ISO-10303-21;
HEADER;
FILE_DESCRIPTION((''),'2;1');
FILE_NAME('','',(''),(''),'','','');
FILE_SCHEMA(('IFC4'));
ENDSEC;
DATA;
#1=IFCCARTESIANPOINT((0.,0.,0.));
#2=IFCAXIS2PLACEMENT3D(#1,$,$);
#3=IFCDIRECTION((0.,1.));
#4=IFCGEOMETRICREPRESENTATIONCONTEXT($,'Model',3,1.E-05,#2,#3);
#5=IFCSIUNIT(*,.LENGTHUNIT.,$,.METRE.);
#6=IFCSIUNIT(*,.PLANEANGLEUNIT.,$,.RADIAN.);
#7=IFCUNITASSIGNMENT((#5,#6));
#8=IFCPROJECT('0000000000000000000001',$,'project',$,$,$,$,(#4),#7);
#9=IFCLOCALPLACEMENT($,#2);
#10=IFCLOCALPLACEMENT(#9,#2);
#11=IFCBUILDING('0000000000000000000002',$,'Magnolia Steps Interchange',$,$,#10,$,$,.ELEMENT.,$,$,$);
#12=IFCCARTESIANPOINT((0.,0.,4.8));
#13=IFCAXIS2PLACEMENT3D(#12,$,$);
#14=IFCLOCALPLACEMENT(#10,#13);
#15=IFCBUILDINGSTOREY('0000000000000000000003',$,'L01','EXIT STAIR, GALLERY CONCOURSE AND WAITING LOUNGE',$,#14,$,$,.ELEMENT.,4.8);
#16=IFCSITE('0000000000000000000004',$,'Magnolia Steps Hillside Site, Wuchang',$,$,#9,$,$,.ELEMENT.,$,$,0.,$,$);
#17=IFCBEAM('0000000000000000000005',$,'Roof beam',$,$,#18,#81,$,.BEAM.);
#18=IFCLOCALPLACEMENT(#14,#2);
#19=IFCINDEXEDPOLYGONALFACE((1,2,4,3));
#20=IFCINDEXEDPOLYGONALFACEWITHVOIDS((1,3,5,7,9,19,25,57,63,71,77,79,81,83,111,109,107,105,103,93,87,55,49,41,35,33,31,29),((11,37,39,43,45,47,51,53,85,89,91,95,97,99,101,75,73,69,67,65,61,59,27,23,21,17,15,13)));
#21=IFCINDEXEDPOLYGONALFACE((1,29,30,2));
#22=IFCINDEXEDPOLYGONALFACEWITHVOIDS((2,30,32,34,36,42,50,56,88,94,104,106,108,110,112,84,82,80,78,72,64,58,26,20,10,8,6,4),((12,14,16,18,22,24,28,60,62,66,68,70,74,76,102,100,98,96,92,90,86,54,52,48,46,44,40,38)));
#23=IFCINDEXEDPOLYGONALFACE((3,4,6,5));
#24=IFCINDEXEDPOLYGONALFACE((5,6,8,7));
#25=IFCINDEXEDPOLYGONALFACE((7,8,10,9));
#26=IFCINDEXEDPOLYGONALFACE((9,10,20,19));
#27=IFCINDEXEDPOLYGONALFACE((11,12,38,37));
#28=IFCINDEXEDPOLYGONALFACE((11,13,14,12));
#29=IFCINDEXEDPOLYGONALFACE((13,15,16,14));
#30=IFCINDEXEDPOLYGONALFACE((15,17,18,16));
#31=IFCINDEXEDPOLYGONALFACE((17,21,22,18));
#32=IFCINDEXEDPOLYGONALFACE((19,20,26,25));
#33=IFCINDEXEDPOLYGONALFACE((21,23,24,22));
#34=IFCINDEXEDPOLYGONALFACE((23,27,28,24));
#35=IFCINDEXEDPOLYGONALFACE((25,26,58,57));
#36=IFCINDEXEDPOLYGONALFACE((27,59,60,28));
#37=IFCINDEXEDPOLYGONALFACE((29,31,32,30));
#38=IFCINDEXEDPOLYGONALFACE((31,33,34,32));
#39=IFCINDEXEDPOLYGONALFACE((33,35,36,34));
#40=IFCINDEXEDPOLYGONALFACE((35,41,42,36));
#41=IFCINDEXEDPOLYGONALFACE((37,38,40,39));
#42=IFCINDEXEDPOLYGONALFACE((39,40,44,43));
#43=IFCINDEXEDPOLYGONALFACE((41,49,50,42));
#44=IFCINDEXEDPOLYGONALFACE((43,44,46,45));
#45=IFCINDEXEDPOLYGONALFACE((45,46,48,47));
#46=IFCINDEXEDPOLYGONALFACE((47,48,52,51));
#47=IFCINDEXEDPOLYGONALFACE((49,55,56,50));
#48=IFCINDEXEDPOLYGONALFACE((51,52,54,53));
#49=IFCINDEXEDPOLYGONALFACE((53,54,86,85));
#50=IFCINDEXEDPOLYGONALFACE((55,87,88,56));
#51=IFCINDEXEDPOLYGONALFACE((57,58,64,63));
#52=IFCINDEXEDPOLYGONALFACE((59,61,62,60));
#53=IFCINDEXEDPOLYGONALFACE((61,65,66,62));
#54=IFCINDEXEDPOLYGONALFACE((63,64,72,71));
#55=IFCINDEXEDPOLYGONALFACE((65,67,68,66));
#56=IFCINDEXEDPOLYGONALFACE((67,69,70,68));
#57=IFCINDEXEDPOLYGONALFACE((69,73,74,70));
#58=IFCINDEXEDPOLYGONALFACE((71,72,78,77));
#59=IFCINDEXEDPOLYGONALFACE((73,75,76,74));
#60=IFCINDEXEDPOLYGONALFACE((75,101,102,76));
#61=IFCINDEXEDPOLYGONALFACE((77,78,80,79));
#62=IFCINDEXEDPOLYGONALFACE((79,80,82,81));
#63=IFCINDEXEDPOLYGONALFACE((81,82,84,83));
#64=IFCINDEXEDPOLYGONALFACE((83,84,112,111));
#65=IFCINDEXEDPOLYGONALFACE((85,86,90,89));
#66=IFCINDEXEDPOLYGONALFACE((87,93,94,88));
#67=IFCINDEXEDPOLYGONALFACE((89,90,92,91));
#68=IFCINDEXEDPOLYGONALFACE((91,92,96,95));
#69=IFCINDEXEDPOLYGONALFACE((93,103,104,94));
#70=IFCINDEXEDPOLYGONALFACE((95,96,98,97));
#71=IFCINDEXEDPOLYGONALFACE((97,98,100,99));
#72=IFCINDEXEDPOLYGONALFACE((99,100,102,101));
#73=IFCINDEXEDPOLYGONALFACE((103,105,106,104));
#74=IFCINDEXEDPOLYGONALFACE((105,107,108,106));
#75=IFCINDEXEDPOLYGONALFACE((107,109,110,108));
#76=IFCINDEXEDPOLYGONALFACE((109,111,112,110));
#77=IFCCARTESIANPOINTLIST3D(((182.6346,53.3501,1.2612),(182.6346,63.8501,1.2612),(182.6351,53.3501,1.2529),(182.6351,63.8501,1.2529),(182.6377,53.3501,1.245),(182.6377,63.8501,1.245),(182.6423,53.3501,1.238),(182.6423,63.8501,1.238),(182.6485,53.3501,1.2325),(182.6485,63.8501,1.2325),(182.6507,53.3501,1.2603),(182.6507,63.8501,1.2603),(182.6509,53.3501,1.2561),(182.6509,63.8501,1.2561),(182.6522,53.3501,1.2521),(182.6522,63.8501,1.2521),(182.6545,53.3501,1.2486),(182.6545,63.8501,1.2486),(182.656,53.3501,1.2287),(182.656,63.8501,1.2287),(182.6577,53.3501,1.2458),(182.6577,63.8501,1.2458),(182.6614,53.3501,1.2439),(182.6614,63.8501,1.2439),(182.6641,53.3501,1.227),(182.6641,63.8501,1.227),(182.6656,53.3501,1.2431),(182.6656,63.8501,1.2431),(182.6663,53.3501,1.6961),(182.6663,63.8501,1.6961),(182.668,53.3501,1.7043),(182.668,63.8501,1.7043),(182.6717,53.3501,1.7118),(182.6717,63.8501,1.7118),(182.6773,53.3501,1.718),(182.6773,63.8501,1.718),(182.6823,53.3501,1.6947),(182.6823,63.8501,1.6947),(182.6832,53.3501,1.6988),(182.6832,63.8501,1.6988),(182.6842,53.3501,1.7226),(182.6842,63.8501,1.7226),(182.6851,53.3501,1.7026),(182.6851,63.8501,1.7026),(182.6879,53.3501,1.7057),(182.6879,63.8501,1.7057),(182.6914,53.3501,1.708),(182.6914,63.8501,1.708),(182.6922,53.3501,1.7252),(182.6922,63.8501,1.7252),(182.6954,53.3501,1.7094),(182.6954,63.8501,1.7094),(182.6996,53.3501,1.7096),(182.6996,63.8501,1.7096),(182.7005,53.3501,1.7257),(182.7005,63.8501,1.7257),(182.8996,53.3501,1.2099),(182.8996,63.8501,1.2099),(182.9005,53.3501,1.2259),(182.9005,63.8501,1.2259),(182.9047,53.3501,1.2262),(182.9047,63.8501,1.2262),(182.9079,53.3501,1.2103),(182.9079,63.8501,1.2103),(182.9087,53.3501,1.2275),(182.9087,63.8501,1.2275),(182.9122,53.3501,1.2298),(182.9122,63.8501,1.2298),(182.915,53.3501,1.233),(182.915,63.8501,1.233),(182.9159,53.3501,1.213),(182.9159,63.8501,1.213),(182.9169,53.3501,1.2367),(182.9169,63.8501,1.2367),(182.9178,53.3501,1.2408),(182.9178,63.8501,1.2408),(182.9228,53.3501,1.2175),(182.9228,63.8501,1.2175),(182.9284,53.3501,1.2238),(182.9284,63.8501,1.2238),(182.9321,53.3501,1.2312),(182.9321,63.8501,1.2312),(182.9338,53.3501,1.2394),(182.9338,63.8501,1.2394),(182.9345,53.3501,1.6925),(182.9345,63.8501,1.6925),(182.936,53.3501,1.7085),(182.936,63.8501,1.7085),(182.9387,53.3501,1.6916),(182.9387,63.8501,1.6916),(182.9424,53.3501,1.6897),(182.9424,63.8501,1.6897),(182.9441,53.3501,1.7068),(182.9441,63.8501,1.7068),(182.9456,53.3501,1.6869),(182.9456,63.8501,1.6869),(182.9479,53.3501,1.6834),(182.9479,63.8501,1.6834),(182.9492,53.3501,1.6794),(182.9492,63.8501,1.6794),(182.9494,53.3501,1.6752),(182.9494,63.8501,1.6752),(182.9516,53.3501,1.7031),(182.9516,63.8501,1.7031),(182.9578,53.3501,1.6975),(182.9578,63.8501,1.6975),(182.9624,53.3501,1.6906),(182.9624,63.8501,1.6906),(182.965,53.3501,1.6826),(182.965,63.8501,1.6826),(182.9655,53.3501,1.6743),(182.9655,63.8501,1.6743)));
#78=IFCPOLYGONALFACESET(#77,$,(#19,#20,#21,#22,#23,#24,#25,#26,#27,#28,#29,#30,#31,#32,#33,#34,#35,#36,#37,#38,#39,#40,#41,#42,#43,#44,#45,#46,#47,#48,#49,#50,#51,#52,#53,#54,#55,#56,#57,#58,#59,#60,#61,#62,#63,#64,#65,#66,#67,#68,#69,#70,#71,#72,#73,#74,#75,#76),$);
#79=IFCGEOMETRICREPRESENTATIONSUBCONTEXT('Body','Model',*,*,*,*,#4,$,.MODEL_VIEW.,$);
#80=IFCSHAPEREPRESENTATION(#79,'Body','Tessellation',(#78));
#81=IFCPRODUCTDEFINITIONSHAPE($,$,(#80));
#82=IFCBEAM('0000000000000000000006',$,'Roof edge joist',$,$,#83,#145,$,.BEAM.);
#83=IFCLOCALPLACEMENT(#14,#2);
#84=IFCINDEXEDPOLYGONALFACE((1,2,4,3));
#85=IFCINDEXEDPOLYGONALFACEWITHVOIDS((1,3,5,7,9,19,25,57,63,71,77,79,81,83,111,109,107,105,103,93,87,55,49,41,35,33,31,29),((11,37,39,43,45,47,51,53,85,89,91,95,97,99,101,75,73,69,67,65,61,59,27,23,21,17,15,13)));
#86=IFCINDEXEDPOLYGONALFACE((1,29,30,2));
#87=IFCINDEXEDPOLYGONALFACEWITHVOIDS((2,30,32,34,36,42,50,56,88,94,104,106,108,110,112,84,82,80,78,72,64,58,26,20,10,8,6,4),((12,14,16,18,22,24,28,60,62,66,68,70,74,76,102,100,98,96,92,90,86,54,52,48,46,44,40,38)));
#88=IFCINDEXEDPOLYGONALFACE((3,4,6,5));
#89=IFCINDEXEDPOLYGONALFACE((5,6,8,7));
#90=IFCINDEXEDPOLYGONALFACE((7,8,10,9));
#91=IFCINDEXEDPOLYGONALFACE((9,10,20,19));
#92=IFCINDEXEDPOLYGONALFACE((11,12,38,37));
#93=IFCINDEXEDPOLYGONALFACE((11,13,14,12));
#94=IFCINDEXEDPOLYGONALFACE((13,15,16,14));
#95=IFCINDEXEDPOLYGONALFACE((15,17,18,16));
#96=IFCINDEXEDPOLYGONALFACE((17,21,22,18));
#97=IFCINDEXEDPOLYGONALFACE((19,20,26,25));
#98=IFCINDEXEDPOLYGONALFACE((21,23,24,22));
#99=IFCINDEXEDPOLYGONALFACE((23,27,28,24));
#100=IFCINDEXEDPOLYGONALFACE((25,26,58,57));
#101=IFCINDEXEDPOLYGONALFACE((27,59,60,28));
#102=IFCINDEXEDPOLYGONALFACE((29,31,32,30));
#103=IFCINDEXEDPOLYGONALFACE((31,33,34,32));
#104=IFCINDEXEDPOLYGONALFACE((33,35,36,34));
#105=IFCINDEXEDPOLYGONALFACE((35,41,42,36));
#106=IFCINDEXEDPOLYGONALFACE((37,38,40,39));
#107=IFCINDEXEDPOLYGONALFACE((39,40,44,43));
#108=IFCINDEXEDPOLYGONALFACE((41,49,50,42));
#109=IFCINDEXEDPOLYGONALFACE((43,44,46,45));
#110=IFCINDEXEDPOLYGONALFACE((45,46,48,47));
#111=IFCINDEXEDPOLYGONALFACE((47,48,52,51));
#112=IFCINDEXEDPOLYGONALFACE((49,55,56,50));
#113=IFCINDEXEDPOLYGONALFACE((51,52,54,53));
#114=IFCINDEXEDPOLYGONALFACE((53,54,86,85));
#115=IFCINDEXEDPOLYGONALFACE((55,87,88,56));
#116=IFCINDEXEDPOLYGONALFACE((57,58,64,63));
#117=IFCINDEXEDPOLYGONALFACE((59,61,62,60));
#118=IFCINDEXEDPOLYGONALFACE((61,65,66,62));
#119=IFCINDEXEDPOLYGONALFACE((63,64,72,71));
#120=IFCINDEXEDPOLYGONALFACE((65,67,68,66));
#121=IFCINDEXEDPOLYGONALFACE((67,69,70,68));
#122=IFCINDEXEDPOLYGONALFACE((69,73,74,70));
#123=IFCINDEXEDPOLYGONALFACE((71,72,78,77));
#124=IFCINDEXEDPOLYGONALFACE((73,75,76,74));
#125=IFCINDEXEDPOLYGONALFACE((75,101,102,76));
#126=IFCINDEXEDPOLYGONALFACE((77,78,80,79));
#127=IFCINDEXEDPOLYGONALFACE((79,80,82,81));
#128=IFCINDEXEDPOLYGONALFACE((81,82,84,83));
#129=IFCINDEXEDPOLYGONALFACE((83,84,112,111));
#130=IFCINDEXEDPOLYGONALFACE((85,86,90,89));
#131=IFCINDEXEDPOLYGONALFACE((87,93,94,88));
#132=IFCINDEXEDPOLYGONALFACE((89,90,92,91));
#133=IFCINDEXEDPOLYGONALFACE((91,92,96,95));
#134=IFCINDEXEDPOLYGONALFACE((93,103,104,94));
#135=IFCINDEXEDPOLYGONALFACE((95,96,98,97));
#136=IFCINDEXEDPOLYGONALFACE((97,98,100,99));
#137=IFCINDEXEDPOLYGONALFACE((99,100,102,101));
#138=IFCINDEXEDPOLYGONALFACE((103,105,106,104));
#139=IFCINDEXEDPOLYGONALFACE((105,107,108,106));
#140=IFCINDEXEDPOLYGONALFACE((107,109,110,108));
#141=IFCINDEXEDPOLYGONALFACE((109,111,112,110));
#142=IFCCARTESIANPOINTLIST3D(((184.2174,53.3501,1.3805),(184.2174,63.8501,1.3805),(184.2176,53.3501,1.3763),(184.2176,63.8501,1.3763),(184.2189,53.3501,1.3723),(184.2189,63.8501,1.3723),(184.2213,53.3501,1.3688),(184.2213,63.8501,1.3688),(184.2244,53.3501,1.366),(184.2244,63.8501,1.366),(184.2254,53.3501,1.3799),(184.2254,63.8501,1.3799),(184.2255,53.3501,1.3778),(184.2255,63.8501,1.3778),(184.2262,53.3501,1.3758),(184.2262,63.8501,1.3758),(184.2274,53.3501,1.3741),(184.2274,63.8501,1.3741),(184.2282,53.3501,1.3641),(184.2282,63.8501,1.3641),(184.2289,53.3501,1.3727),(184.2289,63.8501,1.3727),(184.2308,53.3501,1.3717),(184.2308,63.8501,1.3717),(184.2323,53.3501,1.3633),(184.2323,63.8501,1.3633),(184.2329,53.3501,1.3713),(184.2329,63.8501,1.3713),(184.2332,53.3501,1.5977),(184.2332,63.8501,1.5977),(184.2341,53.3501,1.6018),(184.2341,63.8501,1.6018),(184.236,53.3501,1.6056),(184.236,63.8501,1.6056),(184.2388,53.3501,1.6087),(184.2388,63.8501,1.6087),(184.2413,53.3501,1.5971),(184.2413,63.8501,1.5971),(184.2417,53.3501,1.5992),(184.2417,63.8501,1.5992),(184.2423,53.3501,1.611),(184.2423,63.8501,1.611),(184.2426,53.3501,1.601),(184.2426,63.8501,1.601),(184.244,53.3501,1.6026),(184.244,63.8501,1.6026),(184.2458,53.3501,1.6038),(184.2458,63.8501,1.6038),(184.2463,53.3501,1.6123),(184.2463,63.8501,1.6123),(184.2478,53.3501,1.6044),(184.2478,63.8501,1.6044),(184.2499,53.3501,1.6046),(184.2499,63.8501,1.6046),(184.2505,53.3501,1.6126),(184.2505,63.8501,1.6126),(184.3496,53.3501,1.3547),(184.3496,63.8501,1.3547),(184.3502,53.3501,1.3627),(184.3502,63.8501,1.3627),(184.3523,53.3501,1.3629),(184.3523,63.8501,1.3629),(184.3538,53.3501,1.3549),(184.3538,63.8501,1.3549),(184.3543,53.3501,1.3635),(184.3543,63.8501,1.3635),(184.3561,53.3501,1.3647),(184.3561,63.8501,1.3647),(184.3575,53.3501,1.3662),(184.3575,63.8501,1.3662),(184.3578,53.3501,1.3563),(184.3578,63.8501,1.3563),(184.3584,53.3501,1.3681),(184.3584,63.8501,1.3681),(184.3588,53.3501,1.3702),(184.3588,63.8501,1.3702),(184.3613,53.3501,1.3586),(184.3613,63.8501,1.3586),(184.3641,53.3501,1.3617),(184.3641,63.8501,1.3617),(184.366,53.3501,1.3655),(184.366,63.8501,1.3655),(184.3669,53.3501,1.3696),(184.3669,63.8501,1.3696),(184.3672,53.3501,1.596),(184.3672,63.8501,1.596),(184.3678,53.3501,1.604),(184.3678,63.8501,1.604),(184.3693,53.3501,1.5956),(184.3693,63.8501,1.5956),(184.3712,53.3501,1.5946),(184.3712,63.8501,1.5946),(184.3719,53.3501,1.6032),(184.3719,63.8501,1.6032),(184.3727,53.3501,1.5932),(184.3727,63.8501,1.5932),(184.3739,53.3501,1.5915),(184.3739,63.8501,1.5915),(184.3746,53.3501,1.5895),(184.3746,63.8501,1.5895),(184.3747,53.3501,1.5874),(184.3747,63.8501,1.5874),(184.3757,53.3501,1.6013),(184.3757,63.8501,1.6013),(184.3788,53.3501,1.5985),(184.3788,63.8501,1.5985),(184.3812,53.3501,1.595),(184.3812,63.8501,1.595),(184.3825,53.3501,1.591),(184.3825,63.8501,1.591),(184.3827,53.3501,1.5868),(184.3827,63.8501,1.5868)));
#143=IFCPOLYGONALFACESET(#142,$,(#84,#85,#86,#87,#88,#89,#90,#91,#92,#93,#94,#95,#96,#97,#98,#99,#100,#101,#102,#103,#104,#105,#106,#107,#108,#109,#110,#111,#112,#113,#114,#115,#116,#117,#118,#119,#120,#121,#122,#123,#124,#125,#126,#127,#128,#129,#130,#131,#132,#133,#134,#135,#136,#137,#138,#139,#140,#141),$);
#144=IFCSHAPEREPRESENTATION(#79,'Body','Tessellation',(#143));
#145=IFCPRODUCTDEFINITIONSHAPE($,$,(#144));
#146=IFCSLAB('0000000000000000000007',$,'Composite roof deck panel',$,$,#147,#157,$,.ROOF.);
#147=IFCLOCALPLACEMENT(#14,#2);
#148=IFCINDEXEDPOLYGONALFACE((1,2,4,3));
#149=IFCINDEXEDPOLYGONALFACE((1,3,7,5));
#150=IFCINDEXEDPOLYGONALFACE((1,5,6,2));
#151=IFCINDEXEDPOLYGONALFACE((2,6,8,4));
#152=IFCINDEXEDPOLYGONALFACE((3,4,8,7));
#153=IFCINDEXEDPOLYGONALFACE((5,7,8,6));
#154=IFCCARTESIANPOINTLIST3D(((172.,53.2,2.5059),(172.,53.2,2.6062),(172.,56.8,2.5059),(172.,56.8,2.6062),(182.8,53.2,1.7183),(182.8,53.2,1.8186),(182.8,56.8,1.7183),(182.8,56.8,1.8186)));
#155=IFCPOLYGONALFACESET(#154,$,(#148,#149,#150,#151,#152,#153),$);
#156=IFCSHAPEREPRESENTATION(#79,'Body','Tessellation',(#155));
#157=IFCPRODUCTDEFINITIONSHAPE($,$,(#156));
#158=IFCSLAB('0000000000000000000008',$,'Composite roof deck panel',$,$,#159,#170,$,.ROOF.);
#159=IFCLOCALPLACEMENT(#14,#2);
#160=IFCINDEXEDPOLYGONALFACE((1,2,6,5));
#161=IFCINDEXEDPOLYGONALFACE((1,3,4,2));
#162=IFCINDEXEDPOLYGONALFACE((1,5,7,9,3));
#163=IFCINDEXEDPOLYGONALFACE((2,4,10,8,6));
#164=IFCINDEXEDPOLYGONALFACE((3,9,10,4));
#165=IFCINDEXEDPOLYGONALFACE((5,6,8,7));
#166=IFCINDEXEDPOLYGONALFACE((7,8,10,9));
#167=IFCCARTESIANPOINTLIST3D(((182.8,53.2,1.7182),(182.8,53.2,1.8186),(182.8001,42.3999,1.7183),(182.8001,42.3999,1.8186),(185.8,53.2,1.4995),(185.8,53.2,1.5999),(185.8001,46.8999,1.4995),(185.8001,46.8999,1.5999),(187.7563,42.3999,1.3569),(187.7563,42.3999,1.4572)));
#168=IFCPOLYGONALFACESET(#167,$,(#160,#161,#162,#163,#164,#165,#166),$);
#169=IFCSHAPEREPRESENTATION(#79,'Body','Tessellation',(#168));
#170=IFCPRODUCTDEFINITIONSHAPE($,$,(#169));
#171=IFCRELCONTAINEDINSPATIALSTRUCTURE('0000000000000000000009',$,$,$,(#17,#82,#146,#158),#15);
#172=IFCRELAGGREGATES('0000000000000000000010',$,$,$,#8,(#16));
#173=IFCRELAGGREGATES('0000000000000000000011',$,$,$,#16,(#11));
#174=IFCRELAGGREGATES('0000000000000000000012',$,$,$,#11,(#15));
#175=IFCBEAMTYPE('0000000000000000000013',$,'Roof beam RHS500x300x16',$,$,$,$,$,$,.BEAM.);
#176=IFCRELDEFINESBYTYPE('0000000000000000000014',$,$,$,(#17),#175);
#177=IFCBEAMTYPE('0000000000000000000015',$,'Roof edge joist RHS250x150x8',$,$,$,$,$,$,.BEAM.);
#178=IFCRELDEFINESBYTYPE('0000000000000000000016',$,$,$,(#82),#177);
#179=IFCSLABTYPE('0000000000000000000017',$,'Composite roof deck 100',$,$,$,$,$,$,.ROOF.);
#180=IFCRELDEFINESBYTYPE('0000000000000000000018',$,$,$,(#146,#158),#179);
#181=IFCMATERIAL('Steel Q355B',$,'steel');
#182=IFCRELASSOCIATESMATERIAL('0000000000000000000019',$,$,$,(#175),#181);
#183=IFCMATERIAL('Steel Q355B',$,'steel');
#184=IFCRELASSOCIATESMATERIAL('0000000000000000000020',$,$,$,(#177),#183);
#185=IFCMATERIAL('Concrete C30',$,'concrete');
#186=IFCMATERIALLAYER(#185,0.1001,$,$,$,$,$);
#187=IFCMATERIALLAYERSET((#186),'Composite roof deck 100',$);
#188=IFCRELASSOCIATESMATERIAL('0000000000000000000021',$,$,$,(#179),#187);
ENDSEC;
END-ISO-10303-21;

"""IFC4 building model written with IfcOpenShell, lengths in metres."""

from ifc_helpers import new_model, si_unit, direction, frame, origin, origin_2d, place, context, subcontext, project, spatial, polyline, hollow_rectangle, outline, extrude, material, layer, layer_set, material_profile, profile_set, type_object, element, save


model = new_model("IFC4")

# Units and contexts
model_context = context("Model", 3, precision=1e-05, world=origin(), true_north=direction((0.0, 1.0)))
body_context = subcontext(model_context, "Body", "Model", "MODEL_VIEW")
ifc_project = project(units=[si_unit("LENGTHUNIT", "METRE"), si_unit("PLANEANGLEUNIT", "RADIAN")], contexts=[model_context])

# Site, building, storey
site_placement = place(None, origin())
site = spatial("IfcSite", under=ifc_project, at=site_placement, Name="Magnolia Steps Hillside Site, Wuchang", CompositionType="ELEMENT", RefElevation=0.0)
building_placement = place(site_placement, origin())
building = spatial("IfcBuilding", under=site, at=building_placement, Name="Magnolia Steps Interchange", CompositionType="ELEMENT")
storey_placement = place(building_placement, frame((0.0, 0.0, 4.8)))
storey = spatial("IfcBuildingStorey", under=building, at=storey_placement, Name="L01", Description="EXIT STAIR, GALLERY CONCOURSE AND WAITING LOUNGE", CompositionType="ELEMENT", Elevation=4.8)

# Beams
ifc_material_1 = material(Name="Steel Q355B", Category="steel")
ifc_material_profile_1 = material_profile(ifc_material_1, hollow_rectangle(XDim=0.3, YDim=0.5, WallThickness=0.0161, InnerFilletRadius=0.0161, OuterFilletRadius=0.032, at=origin_2d()), Name="RHS500x300x16")
ifc_profile_set_1 = profile_set([ifc_material_profile_1], Name="Steel Q355B")
beam_type_1 = type_object("IfcBeamType", Name="Roof beam RHS500x300x16", PredefinedType="BEAM", material=ifc_profile_set_1)
beam_1_placement = place(storey_placement, frame((182.8, 53.3501, 1.4678), z_axis=(0.0, 1.0, 0.0), x_axis=(-0.997352, 0.0, 0.072724)))
element("IfcBeam", 1, at=beam_1_placement, inside=storey, type_object=beam_type_1, Name="Roof beam", PredefinedType="BEAM", context=body_context, shape_type="SweptSolid", body=[
    extrude(hollow_rectangle(XDim=0.3, YDim=0.5, WallThickness=0.0161, InnerFilletRadius=0.0161, OuterFilletRadius=0.032, at=origin_2d()), origin(), (0.0, 0.0, 1.0), 10.5),
])
ifc_material_2 = material(Name="Steel Q355B", Category="steel")
ifc_material_profile_2 = material_profile(ifc_material_2, hollow_rectangle(XDim=0.1499, YDim=0.25, WallThickness=0.0081, InnerFilletRadius=0.0081, OuterFilletRadius=0.0161, at=origin_2d()), Name="RHS250x150x8")
ifc_profile_set_2 = profile_set([ifc_material_profile_2], Name="Steel Q355B")
beam_type_2 = type_object("IfcBeamType", Name="Roof edge joist RHS250x150x8", PredefinedType="BEAM", material=ifc_profile_set_2)
beam_2_placement = place(storey_placement, frame((184.3, 53.3501, 1.4836), z_axis=(0.0, 1.0, 0.0), x_axis=(-0.997352, 0.0, 0.072724)))
element("IfcBeam", 2, at=beam_2_placement, inside=storey, type_object=beam_type_2, Name="Roof edge joist", PredefinedType="BEAM", context=body_context, shape_type="SweptSolid", body=[
    extrude(hollow_rectangle(XDim=0.1499, YDim=0.25, WallThickness=0.0081, InnerFilletRadius=0.0081, OuterFilletRadius=0.0161, at=origin_2d()), origin(), (0.0, 0.0, 1.0), 10.5),
])

# Slabs
ifc_material_3 = material(Name="Concrete C30", Category="concrete")
ifc_layer_1 = layer(ifc_material_3, 0.1001)
ifc_layer_set_1 = layer_set([ifc_layer_1], Name="Composite roof deck 100")
slab_type = type_object("IfcSlabType", Name="Composite roof deck 100", PredefinedType="ROOF", material=ifc_layer_set_1)
slab_1_placement = place(storey_placement, frame((182.8, 53.2, 1.8186), z_axis=(0.072732, 0.0, 0.997352), x_axis=(0.0, 1.0, 0.0)))
element("IfcSlab", 3, at=slab_1_placement, inside=storey, type_object=slab_type, Name="Composite roof deck panel", PredefinedType="ROOF", context=body_context, shape_type="SweptSolid", body=[
    extrude(outline(polyline([(0.0, 0.0), (3.6001, 0.0), (3.6001, 10.8287), (0.0, 10.8287), (0.0, 0.0)])), origin(), (0.0, -0.072732, -0.997352), 0.1003),
])
slab_2_placement = place(storey_placement, frame((185.8, 53.2, 1.5999), z_axis=(0.072719, 0.000003, 0.997352), x_axis=(-0.997352, 0.0, 0.072719)))
element("IfcSlab", 4, at=slab_2_placement, inside=storey, type_object=slab_type, Name="Composite roof deck panel", PredefinedType="ROOF", context=body_context, shape_type="SweptSolid", body=[
    extrude(outline(polyline([(0.0, 0.0), (3.008, 0.0), (3.008, 10.8), (-1.9615, 10.8), (0.0, 6.3), (0.0, 0.0)])), origin(), (-0.072719, -0.000003, -0.997352), 0.1003),
])

save(model, "model.ifc")
